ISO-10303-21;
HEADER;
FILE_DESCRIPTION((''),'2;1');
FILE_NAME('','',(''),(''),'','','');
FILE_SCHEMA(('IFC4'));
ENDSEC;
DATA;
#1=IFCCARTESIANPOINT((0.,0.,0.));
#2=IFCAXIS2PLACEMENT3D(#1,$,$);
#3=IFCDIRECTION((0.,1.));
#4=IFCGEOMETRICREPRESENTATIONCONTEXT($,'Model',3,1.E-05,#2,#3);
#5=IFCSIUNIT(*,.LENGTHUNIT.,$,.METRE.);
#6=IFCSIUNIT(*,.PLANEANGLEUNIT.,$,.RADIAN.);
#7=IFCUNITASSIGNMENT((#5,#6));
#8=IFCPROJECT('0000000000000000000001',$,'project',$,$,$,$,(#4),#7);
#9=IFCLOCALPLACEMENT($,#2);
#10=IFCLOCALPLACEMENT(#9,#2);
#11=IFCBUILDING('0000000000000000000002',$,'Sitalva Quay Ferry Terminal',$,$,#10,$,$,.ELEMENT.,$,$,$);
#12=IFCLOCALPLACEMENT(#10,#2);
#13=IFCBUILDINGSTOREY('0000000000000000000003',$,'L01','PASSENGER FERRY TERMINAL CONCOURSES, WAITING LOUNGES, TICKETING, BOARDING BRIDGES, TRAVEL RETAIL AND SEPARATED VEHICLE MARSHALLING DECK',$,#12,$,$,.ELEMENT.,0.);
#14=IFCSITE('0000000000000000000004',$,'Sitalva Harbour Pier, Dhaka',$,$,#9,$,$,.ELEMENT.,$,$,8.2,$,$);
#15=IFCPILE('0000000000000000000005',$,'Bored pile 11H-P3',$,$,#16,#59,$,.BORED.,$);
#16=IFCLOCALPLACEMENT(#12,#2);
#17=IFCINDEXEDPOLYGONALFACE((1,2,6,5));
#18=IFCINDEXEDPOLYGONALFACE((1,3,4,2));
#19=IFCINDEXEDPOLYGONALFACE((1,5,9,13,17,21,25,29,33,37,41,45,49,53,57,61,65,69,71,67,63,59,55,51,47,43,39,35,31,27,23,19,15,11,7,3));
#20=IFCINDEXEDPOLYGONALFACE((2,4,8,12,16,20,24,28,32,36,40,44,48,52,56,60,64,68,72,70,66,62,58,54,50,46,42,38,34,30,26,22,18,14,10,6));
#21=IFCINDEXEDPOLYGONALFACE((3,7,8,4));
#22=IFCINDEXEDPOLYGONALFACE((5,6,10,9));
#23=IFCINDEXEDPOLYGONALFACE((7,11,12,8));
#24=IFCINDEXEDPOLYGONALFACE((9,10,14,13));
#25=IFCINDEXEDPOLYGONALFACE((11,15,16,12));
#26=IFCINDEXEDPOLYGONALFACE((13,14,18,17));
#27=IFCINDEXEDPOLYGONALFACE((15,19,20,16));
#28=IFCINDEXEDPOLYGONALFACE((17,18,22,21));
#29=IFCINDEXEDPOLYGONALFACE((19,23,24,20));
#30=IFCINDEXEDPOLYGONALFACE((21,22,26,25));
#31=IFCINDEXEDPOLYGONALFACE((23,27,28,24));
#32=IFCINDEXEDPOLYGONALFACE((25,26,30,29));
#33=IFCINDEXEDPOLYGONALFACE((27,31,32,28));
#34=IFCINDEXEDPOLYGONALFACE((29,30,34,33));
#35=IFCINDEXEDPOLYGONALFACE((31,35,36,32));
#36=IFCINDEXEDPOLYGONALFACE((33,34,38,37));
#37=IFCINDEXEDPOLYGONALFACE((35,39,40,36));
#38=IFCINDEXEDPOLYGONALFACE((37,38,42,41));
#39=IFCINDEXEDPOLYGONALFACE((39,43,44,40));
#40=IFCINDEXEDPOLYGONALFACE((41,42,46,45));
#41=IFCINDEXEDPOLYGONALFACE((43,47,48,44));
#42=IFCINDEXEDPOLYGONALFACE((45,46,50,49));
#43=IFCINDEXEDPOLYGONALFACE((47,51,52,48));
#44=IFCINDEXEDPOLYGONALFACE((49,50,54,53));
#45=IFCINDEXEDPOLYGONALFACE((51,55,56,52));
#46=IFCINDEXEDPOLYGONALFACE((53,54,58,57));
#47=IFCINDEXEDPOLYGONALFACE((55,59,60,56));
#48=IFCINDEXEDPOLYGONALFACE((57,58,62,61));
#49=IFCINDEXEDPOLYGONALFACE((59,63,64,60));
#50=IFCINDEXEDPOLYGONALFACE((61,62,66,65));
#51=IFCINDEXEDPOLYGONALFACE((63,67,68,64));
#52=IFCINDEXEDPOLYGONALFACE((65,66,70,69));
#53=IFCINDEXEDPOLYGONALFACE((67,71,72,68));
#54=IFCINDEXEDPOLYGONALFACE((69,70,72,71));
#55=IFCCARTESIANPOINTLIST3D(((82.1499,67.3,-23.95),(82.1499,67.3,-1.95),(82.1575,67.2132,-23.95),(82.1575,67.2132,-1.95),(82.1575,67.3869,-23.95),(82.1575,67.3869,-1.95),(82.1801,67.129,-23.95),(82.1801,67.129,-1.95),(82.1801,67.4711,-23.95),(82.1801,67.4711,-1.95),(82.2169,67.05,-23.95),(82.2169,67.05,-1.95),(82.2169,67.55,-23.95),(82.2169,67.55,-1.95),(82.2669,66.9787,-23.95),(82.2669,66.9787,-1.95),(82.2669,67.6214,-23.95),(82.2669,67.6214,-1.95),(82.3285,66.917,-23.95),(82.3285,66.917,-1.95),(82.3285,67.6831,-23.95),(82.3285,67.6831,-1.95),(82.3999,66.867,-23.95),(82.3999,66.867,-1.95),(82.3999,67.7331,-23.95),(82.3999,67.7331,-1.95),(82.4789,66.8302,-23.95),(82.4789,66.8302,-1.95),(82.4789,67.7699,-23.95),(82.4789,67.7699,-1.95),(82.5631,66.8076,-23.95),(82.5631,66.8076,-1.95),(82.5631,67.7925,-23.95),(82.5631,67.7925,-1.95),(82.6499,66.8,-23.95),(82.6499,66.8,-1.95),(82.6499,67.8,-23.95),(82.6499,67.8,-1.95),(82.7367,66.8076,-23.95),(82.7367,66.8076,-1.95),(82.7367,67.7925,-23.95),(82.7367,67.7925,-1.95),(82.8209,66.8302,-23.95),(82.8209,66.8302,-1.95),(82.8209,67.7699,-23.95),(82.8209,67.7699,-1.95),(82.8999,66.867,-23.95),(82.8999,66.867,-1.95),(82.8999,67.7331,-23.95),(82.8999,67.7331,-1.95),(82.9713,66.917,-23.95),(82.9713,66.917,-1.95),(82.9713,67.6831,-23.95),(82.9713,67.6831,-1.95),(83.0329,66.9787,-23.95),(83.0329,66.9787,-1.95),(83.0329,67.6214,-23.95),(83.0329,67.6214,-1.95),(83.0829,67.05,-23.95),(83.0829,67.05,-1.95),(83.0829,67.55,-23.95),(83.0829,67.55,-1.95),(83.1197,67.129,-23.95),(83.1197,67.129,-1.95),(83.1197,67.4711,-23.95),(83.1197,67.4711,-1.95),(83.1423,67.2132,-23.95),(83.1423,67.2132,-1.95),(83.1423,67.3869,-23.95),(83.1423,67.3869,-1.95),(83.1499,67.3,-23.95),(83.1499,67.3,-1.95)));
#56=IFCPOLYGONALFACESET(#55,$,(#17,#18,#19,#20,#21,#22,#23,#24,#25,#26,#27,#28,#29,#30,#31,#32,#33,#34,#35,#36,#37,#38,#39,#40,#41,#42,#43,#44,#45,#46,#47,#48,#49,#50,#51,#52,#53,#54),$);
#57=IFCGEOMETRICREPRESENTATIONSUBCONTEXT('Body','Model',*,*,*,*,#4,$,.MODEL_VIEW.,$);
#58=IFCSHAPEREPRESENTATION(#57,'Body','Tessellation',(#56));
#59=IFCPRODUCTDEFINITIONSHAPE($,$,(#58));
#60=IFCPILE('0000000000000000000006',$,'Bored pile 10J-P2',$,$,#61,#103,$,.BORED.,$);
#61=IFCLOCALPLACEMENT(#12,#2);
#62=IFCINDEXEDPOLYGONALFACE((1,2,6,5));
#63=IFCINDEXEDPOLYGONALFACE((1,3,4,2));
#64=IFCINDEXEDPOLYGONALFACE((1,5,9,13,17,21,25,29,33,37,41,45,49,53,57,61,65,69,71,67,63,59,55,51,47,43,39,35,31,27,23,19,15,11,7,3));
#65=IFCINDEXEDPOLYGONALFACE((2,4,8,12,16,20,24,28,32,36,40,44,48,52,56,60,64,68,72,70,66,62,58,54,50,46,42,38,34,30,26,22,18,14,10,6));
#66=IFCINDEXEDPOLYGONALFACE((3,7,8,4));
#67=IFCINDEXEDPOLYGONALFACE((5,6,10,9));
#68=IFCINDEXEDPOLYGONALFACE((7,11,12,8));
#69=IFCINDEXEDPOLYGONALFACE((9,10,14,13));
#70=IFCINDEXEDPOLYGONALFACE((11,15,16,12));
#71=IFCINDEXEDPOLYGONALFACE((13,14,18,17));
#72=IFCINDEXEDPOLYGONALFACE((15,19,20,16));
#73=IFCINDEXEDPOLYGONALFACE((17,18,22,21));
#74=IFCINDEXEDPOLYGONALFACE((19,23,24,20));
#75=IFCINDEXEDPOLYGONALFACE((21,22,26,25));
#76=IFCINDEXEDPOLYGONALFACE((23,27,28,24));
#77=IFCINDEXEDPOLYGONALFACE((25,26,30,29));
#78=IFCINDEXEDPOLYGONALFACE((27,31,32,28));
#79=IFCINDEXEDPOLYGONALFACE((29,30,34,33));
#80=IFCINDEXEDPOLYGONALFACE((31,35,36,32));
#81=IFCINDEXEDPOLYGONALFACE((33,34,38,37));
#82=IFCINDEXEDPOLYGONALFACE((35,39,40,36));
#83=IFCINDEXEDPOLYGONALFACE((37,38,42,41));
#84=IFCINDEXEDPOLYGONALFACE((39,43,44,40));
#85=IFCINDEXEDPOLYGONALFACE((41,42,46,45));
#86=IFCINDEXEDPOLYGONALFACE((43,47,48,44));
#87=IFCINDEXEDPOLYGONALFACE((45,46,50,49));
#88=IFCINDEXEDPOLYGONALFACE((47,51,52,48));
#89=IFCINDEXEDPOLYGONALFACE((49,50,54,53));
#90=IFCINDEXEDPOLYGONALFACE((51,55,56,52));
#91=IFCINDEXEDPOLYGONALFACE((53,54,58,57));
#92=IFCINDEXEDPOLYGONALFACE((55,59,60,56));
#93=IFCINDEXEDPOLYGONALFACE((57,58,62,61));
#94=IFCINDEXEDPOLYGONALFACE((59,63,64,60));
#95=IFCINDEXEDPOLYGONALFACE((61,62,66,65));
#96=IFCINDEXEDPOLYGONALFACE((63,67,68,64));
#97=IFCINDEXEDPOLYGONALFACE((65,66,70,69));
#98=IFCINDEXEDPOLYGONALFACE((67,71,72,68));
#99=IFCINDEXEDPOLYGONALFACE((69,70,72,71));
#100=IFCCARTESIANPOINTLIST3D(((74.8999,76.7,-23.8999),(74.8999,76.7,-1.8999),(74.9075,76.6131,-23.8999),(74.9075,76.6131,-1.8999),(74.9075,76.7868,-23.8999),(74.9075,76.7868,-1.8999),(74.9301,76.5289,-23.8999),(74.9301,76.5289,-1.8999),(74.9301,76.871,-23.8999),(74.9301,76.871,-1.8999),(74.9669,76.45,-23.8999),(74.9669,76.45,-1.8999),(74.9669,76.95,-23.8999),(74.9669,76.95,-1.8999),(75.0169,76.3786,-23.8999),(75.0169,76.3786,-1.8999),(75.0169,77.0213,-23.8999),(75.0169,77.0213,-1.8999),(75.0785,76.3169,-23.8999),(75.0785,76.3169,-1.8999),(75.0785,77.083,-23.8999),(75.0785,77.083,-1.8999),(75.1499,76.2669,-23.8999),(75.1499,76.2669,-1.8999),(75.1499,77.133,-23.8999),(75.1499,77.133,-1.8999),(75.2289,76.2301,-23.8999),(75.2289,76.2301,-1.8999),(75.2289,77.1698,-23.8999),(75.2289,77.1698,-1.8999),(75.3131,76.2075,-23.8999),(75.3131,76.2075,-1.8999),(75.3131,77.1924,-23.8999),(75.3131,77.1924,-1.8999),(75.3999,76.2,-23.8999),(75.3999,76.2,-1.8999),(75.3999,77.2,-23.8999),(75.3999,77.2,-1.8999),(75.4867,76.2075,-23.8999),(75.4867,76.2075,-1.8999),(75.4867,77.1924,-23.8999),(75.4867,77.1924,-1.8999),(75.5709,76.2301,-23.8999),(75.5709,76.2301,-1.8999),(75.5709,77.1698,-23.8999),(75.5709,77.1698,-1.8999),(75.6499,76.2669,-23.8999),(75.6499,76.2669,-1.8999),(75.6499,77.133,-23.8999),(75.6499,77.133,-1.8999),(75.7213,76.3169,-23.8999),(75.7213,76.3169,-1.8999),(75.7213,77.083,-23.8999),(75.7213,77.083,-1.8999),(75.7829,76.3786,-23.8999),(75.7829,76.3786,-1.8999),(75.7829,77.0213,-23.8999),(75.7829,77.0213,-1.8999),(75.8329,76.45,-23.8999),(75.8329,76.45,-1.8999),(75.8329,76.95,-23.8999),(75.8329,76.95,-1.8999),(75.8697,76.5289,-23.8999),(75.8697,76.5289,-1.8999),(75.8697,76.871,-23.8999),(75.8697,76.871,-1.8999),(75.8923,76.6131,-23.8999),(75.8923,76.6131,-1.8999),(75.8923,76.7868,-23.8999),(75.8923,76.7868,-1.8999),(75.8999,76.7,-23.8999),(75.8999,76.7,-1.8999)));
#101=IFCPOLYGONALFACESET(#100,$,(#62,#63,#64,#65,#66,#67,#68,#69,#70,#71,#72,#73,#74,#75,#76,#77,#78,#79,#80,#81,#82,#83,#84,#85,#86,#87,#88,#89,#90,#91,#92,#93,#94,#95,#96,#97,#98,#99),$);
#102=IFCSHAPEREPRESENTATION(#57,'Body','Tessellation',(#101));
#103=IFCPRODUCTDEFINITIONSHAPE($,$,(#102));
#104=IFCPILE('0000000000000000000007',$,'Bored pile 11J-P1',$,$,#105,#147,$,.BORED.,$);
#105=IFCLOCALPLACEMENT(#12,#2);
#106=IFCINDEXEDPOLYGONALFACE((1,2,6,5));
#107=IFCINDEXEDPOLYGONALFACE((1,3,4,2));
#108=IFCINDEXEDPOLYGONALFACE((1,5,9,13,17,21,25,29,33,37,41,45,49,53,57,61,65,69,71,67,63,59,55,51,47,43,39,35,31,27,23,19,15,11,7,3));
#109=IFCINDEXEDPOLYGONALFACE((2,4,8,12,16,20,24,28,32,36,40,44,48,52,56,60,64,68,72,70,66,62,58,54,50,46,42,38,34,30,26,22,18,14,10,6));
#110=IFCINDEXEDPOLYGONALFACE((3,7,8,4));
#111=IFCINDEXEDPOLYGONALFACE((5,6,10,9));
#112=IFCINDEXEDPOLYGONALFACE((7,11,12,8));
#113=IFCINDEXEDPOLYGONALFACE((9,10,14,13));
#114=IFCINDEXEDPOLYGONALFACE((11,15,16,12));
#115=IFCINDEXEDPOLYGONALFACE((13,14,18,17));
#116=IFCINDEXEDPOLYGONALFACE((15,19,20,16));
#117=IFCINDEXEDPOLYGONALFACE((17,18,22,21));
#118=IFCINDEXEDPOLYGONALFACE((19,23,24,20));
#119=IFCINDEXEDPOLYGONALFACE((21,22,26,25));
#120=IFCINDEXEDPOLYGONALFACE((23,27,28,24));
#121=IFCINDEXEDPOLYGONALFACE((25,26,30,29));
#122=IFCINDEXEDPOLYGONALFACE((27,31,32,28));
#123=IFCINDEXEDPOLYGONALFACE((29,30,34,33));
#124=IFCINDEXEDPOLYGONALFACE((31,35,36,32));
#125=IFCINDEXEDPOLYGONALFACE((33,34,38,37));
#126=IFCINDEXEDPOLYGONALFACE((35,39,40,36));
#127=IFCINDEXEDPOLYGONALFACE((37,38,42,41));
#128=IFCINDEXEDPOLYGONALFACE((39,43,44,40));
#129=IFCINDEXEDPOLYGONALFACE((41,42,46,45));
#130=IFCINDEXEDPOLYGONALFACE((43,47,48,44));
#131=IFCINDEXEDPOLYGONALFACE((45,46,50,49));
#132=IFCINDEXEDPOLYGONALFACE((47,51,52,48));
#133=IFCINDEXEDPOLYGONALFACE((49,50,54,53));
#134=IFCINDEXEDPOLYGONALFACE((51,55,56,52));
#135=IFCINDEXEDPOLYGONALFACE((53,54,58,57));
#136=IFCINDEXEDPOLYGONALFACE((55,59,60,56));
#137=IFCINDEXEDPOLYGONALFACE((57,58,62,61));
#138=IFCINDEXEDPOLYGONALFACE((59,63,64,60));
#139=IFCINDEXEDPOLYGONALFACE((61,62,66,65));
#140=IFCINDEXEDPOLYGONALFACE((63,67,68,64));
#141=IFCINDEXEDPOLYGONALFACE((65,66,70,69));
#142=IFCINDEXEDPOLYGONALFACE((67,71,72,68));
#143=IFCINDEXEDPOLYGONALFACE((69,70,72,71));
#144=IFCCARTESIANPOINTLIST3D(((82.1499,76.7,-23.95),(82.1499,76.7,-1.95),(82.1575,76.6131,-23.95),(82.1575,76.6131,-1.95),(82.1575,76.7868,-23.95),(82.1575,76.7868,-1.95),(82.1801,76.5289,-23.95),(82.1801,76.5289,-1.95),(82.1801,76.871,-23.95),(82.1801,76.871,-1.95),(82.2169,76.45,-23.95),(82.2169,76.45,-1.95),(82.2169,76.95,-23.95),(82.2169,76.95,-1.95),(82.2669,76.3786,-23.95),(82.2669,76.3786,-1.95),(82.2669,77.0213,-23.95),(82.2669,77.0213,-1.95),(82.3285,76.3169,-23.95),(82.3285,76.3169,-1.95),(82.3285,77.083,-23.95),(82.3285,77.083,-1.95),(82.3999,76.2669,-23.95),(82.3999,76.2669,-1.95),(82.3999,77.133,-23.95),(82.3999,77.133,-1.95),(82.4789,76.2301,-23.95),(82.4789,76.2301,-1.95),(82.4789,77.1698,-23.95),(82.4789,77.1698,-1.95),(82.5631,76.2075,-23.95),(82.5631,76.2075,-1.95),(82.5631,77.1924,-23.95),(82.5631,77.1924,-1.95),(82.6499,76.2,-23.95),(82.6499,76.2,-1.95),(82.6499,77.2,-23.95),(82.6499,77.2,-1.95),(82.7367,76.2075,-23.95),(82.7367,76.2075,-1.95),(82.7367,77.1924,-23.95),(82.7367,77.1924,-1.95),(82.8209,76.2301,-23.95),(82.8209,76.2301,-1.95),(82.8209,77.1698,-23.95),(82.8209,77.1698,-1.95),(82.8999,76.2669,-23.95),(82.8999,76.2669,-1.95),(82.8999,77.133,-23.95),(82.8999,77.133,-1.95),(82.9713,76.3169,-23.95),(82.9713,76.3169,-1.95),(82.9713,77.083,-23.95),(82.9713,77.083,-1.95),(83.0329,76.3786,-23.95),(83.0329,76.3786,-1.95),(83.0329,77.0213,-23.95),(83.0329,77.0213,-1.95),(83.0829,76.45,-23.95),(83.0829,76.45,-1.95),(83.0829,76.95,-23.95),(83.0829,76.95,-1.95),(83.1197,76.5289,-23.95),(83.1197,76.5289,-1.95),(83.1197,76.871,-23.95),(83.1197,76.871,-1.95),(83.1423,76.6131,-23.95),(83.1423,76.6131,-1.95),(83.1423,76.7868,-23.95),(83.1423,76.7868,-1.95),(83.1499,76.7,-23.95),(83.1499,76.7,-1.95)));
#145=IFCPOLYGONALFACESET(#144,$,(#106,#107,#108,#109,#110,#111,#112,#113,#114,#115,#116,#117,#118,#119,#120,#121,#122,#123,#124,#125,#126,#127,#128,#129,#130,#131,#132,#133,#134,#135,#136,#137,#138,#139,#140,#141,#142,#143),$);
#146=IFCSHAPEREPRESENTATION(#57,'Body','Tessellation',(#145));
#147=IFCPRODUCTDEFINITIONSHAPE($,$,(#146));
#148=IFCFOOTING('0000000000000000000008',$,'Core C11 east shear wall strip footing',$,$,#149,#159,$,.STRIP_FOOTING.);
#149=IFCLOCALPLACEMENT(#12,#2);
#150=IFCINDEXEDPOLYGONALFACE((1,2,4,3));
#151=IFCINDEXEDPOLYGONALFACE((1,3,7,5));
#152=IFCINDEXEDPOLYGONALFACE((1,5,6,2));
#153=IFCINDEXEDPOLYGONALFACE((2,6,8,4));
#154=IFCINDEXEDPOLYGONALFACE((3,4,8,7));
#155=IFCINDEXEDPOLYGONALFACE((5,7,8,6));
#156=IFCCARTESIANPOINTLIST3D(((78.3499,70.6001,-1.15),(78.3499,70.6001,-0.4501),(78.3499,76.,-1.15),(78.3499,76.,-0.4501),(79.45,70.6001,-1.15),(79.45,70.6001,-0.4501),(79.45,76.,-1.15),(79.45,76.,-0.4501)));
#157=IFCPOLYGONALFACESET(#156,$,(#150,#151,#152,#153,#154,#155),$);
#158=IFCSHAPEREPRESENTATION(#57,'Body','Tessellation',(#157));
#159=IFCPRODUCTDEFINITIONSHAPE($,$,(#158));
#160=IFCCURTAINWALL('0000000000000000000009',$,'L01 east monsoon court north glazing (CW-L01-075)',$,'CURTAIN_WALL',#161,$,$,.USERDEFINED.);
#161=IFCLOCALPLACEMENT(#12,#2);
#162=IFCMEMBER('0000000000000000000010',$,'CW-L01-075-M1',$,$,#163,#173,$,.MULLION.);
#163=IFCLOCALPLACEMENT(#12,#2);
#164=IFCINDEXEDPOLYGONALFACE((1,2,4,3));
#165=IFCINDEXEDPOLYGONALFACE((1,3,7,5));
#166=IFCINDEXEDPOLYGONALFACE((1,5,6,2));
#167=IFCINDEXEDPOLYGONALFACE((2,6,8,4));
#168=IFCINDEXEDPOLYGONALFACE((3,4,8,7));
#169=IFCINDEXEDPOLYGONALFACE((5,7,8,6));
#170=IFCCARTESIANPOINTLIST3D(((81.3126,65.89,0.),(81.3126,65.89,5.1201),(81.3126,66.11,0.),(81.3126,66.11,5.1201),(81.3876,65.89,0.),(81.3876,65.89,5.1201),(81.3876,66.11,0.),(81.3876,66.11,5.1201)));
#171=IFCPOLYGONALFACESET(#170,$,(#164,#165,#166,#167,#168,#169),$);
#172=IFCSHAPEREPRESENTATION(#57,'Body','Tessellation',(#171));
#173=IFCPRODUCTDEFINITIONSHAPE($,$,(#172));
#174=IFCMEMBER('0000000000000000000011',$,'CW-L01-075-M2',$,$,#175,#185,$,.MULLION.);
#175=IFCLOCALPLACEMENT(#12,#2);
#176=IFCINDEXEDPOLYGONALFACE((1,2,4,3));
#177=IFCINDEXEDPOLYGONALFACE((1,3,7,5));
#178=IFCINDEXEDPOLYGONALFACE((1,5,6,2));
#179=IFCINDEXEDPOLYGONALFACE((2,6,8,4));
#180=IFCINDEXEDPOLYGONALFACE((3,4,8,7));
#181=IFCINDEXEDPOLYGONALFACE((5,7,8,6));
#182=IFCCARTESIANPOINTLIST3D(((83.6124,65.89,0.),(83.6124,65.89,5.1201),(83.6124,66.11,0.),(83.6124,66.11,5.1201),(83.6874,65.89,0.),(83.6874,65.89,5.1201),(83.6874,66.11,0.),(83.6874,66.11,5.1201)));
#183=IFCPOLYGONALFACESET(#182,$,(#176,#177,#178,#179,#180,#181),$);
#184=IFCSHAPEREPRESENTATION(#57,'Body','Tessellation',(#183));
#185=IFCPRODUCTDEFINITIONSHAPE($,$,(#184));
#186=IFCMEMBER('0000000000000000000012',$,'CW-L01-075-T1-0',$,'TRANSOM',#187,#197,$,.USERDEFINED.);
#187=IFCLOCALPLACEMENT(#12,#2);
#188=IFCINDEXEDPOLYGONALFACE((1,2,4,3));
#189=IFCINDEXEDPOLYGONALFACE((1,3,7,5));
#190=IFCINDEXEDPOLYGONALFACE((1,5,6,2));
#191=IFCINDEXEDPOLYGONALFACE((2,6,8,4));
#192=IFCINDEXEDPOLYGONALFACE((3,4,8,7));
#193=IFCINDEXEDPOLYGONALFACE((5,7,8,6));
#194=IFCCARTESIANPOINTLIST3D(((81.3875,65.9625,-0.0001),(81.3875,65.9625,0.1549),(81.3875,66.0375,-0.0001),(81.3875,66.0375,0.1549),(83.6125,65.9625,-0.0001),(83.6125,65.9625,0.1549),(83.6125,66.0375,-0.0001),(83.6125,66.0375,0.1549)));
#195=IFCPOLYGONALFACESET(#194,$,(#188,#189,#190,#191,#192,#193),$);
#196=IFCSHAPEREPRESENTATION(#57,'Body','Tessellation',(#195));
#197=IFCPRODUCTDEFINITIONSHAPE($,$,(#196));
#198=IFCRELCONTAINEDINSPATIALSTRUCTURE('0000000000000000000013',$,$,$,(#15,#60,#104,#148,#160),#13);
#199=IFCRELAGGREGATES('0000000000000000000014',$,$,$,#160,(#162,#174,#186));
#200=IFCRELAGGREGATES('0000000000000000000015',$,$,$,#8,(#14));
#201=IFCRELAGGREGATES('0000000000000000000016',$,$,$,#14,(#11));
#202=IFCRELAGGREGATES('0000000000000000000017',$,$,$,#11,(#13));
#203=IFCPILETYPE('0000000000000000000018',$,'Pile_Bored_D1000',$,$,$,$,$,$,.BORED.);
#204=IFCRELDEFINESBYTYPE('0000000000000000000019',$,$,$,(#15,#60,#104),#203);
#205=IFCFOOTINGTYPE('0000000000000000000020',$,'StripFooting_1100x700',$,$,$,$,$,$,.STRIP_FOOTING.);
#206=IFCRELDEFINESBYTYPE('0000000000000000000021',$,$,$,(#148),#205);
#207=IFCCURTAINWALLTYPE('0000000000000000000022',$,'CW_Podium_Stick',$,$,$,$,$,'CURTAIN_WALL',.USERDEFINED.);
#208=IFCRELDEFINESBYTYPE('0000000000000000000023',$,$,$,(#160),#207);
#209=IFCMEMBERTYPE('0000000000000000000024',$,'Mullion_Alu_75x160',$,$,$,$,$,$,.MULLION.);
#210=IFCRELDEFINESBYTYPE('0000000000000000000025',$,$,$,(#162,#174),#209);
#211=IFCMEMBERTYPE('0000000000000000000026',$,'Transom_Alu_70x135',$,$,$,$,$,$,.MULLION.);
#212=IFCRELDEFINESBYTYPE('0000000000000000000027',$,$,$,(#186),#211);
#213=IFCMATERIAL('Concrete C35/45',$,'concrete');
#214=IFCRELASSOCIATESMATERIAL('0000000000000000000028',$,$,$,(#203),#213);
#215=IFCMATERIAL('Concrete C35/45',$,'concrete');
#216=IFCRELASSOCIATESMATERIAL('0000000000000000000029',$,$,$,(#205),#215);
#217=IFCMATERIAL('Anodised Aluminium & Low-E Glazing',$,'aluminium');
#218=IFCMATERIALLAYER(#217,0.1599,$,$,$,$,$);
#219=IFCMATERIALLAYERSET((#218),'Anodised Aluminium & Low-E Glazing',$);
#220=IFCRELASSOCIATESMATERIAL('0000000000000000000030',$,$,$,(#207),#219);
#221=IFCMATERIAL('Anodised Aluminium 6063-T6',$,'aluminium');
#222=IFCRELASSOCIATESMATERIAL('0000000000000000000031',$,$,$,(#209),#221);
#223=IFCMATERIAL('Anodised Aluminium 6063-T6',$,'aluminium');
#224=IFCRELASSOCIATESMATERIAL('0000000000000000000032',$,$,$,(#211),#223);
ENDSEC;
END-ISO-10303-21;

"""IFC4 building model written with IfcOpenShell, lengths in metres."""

from ifc_helpers import new_model, si_unit, direction, frame, origin, origin_2d, place, context, subcontext, project, spatial, rectangle, circle, extrude, material, layer, layer_set, material_profile, profile_set, type_object, element, aggregate, save


model = new_model("IFC4")

# Units and contexts
model_context = context("Model", 3, precision=1e-05, world=origin(), true_north=direction((0.0, 1.0)))
body_context = subcontext(model_context, "Body", "Model", "MODEL_VIEW")
ifc_project = project(units=[si_unit("LENGTHUNIT", "METRE"), si_unit("PLANEANGLEUNIT", "RADIAN")], contexts=[model_context])

# Site, building, storey
site_placement = place(None, origin())
site = spatial("IfcSite", under=ifc_project, at=site_placement, Name="Sitalva Harbour Pier, Dhaka", CompositionType="ELEMENT", RefElevation=8.2)
building_placement = place(site_placement, origin())
building = spatial("IfcBuilding", under=site, at=building_placement, Name="Sitalva Quay Ferry Terminal", CompositionType="ELEMENT")
storey_placement = place(building_placement, origin())
storey = spatial("IfcBuildingStorey", under=building, at=storey_placement, Name="L01", Description="PASSENGER FERRY TERMINAL CONCOURSES, WAITING LOUNGES, TICKETING, BOARDING BRIDGES, TRAVEL RETAIL AND SEPARATED VEHICLE MARSHALLING DECK", CompositionType="ELEMENT", Elevation=0.0)

# Piles
ifc_material_1 = material(Name="Concrete C35/45", Category="concrete")
ifc_material_profile_1 = material_profile(ifc_material_1, circle(Radius=0.5, at=origin_2d()), Name="PILE-D1000")
ifc_profile_set_1 = profile_set([ifc_material_profile_1], Name="Concrete C35/45")
pile_type = type_object("IfcPileType", Name="Pile_Bored_D1000", PredefinedType="BORED", material=ifc_profile_set_1)
for number, where, z_axis, x_axis, name in (
    (1, (82.6499, 67.3, -1.95), (0.0, 0.0, -1.0), (1.0, 0.0, 0.0), "Bored pile 11H-P3"),
    (2, (75.3999, 76.7, -1.8999), (0.0, 0.0, -1.0), (1.0, 0.0, 0.0), "Bored pile 10J-P2"),
    (3, (82.6499, 76.7, -1.95), (0.0, 0.0, -1.0), (1.0, 0.0, 0.0), "Bored pile 11J-P1"),
):
    element("IfcPile", number, at=place(storey_placement, frame(where, z_axis=z_axis, x_axis=x_axis)), inside=storey, type_object=pile_type, Name=name, PredefinedType="BORED", context=body_context, shape_type="SweptSolid", body=[
        extrude(circle(Radius=0.5, at=origin_2d()), origin(), (0.0, 0.0, 1.0), 22.0),
    ])

# Footing
ifc_material_2 = material(Name="Concrete C35/45", Category="concrete")
ifc_material_profile_2 = material_profile(ifc_material_2, rectangle(XDim=1.1001, YDim=0.7, at=origin_2d()), Name="RC1100x700")
ifc_profile_set_2 = profile_set([ifc_material_profile_2], Name="Concrete C35/45")
footing_type = type_object("IfcFootingType", Name="StripFooting_1100x700", PredefinedType="STRIP_FOOTING", material=ifc_profile_set_2)
footing_placement = place(storey_placement, frame((78.8999, 70.6001, -0.8), z_axis=(0.0, 1.0, 0.0), x_axis=(-1.0, 0.0, 0.0)))
element("IfcFooting", 4, at=footing_placement, inside=storey, type_object=footing_type, Name="Core C11 east shear wall strip footing", PredefinedType="STRIP_FOOTING", context=body_context, shape_type="SweptSolid", body=[
    extrude(rectangle(XDim=1.1001, YDim=0.7, at=origin_2d()), origin(), (0.0, 0.0, 1.0), 5.3999),
])

# Curtain wall, members
ifc_material_3 = material(Name="Anodised Aluminium & Low-E Glazing", Category="aluminium")
ifc_layer_1 = layer(ifc_material_3, 0.1599)
ifc_layer_set_1 = layer_set([ifc_layer_1], Name="Anodised Aluminium & Low-E Glazing")
curtain_wall_type = type_object("IfcCurtainWallType", Name="CW_Podium_Stick", ElementType="CURTAIN_WALL", PredefinedType="USERDEFINED", material=ifc_layer_set_1)
curtain_wall_placement = place(storey_placement, origin())
curtain_wall = element("IfcCurtainWall", 5, at=curtain_wall_placement, inside=storey, type_object=curtain_wall_type, Name="L01 east monsoon court north glazing (CW-L01-075)", ObjectType="CURTAIN_WALL", PredefinedType="USERDEFINED")
ifc_material_4 = material(Name="Anodised Aluminium 6063-T6", Category="aluminium")
ifc_material_profile_3 = material_profile(ifc_material_4, rectangle(XDim=0.075, YDim=0.22, at=origin_2d()), Name="ALU75x220")
ifc_profile_set_3 = profile_set([ifc_material_profile_3], Name="Anodised Aluminium 6063-T6")
member_type_1 = type_object("IfcMemberType", Name="Mullion_Alu_75x160", PredefinedType="MULLION", material=ifc_profile_set_3)
member_1_placement = place(storey_placement, frame((81.3501, 66.0, 0.0), z_axis=(0.0, 0.0, 1.0), x_axis=(1.0, 0.0, 0.0)))
member_1 = element("IfcMember", 6, at=member_1_placement, type_object=member_type_1, Name="CW-L01-075-M1", PredefinedType="MULLION", context=body_context, shape_type="SweptSolid", body=[
    extrude(rectangle(XDim=0.075, YDim=0.22, at=origin_2d()), origin(), (0.0, 0.0, 1.0), 5.1201),
])
member_2_placement = place(storey_placement, frame((83.6499, 66.0, 0.0), z_axis=(0.0, 0.0, 1.0), x_axis=(1.0, 0.0, 0.0)))
member_2 = element("IfcMember", 7, at=member_2_placement, type_object=member_type_1, Name="CW-L01-075-M2", PredefinedType="MULLION", context=body_context, shape_type="SweptSolid", body=[
    extrude(rectangle(XDim=0.075, YDim=0.22, at=origin_2d()), origin(), (0.0, 0.0, 1.0), 5.1201),
])
ifc_material_5 = material(Name="Anodised Aluminium 6063-T6", Category="aluminium")
ifc_material_profile_4 = material_profile(ifc_material_5, rectangle(XDim=0.075, YDim=0.155, at=origin_2d()), Name="ALU75x155")
ifc_profile_set_4 = profile_set([ifc_material_profile_4], Name="Anodised Aluminium 6063-T6")
member_type_2 = type_object("IfcMemberType", Name="Transom_Alu_70x135", PredefinedType="MULLION", material=ifc_profile_set_4)
member_3_placement = place(storey_placement, frame((81.3875, 66.0, 0.0774), z_axis=(1.0, 0.0, 0.0), x_axis=(0.0, 1.0, 0.0)))
member_3 = element("IfcMember", 8, at=member_3_placement, type_object=member_type_2, Name="CW-L01-075-T1-0", ObjectType="TRANSOM", PredefinedType="USERDEFINED", context=body_context, shape_type="SweptSolid", body=[
    extrude(rectangle(XDim=0.075, YDim=0.155, at=origin_2d()), origin(), (0.0, 0.0, 1.0), 2.2251),
])
aggregate(curtain_wall, [member_1, member_2, member_3])

save(model, "model.ifc")
